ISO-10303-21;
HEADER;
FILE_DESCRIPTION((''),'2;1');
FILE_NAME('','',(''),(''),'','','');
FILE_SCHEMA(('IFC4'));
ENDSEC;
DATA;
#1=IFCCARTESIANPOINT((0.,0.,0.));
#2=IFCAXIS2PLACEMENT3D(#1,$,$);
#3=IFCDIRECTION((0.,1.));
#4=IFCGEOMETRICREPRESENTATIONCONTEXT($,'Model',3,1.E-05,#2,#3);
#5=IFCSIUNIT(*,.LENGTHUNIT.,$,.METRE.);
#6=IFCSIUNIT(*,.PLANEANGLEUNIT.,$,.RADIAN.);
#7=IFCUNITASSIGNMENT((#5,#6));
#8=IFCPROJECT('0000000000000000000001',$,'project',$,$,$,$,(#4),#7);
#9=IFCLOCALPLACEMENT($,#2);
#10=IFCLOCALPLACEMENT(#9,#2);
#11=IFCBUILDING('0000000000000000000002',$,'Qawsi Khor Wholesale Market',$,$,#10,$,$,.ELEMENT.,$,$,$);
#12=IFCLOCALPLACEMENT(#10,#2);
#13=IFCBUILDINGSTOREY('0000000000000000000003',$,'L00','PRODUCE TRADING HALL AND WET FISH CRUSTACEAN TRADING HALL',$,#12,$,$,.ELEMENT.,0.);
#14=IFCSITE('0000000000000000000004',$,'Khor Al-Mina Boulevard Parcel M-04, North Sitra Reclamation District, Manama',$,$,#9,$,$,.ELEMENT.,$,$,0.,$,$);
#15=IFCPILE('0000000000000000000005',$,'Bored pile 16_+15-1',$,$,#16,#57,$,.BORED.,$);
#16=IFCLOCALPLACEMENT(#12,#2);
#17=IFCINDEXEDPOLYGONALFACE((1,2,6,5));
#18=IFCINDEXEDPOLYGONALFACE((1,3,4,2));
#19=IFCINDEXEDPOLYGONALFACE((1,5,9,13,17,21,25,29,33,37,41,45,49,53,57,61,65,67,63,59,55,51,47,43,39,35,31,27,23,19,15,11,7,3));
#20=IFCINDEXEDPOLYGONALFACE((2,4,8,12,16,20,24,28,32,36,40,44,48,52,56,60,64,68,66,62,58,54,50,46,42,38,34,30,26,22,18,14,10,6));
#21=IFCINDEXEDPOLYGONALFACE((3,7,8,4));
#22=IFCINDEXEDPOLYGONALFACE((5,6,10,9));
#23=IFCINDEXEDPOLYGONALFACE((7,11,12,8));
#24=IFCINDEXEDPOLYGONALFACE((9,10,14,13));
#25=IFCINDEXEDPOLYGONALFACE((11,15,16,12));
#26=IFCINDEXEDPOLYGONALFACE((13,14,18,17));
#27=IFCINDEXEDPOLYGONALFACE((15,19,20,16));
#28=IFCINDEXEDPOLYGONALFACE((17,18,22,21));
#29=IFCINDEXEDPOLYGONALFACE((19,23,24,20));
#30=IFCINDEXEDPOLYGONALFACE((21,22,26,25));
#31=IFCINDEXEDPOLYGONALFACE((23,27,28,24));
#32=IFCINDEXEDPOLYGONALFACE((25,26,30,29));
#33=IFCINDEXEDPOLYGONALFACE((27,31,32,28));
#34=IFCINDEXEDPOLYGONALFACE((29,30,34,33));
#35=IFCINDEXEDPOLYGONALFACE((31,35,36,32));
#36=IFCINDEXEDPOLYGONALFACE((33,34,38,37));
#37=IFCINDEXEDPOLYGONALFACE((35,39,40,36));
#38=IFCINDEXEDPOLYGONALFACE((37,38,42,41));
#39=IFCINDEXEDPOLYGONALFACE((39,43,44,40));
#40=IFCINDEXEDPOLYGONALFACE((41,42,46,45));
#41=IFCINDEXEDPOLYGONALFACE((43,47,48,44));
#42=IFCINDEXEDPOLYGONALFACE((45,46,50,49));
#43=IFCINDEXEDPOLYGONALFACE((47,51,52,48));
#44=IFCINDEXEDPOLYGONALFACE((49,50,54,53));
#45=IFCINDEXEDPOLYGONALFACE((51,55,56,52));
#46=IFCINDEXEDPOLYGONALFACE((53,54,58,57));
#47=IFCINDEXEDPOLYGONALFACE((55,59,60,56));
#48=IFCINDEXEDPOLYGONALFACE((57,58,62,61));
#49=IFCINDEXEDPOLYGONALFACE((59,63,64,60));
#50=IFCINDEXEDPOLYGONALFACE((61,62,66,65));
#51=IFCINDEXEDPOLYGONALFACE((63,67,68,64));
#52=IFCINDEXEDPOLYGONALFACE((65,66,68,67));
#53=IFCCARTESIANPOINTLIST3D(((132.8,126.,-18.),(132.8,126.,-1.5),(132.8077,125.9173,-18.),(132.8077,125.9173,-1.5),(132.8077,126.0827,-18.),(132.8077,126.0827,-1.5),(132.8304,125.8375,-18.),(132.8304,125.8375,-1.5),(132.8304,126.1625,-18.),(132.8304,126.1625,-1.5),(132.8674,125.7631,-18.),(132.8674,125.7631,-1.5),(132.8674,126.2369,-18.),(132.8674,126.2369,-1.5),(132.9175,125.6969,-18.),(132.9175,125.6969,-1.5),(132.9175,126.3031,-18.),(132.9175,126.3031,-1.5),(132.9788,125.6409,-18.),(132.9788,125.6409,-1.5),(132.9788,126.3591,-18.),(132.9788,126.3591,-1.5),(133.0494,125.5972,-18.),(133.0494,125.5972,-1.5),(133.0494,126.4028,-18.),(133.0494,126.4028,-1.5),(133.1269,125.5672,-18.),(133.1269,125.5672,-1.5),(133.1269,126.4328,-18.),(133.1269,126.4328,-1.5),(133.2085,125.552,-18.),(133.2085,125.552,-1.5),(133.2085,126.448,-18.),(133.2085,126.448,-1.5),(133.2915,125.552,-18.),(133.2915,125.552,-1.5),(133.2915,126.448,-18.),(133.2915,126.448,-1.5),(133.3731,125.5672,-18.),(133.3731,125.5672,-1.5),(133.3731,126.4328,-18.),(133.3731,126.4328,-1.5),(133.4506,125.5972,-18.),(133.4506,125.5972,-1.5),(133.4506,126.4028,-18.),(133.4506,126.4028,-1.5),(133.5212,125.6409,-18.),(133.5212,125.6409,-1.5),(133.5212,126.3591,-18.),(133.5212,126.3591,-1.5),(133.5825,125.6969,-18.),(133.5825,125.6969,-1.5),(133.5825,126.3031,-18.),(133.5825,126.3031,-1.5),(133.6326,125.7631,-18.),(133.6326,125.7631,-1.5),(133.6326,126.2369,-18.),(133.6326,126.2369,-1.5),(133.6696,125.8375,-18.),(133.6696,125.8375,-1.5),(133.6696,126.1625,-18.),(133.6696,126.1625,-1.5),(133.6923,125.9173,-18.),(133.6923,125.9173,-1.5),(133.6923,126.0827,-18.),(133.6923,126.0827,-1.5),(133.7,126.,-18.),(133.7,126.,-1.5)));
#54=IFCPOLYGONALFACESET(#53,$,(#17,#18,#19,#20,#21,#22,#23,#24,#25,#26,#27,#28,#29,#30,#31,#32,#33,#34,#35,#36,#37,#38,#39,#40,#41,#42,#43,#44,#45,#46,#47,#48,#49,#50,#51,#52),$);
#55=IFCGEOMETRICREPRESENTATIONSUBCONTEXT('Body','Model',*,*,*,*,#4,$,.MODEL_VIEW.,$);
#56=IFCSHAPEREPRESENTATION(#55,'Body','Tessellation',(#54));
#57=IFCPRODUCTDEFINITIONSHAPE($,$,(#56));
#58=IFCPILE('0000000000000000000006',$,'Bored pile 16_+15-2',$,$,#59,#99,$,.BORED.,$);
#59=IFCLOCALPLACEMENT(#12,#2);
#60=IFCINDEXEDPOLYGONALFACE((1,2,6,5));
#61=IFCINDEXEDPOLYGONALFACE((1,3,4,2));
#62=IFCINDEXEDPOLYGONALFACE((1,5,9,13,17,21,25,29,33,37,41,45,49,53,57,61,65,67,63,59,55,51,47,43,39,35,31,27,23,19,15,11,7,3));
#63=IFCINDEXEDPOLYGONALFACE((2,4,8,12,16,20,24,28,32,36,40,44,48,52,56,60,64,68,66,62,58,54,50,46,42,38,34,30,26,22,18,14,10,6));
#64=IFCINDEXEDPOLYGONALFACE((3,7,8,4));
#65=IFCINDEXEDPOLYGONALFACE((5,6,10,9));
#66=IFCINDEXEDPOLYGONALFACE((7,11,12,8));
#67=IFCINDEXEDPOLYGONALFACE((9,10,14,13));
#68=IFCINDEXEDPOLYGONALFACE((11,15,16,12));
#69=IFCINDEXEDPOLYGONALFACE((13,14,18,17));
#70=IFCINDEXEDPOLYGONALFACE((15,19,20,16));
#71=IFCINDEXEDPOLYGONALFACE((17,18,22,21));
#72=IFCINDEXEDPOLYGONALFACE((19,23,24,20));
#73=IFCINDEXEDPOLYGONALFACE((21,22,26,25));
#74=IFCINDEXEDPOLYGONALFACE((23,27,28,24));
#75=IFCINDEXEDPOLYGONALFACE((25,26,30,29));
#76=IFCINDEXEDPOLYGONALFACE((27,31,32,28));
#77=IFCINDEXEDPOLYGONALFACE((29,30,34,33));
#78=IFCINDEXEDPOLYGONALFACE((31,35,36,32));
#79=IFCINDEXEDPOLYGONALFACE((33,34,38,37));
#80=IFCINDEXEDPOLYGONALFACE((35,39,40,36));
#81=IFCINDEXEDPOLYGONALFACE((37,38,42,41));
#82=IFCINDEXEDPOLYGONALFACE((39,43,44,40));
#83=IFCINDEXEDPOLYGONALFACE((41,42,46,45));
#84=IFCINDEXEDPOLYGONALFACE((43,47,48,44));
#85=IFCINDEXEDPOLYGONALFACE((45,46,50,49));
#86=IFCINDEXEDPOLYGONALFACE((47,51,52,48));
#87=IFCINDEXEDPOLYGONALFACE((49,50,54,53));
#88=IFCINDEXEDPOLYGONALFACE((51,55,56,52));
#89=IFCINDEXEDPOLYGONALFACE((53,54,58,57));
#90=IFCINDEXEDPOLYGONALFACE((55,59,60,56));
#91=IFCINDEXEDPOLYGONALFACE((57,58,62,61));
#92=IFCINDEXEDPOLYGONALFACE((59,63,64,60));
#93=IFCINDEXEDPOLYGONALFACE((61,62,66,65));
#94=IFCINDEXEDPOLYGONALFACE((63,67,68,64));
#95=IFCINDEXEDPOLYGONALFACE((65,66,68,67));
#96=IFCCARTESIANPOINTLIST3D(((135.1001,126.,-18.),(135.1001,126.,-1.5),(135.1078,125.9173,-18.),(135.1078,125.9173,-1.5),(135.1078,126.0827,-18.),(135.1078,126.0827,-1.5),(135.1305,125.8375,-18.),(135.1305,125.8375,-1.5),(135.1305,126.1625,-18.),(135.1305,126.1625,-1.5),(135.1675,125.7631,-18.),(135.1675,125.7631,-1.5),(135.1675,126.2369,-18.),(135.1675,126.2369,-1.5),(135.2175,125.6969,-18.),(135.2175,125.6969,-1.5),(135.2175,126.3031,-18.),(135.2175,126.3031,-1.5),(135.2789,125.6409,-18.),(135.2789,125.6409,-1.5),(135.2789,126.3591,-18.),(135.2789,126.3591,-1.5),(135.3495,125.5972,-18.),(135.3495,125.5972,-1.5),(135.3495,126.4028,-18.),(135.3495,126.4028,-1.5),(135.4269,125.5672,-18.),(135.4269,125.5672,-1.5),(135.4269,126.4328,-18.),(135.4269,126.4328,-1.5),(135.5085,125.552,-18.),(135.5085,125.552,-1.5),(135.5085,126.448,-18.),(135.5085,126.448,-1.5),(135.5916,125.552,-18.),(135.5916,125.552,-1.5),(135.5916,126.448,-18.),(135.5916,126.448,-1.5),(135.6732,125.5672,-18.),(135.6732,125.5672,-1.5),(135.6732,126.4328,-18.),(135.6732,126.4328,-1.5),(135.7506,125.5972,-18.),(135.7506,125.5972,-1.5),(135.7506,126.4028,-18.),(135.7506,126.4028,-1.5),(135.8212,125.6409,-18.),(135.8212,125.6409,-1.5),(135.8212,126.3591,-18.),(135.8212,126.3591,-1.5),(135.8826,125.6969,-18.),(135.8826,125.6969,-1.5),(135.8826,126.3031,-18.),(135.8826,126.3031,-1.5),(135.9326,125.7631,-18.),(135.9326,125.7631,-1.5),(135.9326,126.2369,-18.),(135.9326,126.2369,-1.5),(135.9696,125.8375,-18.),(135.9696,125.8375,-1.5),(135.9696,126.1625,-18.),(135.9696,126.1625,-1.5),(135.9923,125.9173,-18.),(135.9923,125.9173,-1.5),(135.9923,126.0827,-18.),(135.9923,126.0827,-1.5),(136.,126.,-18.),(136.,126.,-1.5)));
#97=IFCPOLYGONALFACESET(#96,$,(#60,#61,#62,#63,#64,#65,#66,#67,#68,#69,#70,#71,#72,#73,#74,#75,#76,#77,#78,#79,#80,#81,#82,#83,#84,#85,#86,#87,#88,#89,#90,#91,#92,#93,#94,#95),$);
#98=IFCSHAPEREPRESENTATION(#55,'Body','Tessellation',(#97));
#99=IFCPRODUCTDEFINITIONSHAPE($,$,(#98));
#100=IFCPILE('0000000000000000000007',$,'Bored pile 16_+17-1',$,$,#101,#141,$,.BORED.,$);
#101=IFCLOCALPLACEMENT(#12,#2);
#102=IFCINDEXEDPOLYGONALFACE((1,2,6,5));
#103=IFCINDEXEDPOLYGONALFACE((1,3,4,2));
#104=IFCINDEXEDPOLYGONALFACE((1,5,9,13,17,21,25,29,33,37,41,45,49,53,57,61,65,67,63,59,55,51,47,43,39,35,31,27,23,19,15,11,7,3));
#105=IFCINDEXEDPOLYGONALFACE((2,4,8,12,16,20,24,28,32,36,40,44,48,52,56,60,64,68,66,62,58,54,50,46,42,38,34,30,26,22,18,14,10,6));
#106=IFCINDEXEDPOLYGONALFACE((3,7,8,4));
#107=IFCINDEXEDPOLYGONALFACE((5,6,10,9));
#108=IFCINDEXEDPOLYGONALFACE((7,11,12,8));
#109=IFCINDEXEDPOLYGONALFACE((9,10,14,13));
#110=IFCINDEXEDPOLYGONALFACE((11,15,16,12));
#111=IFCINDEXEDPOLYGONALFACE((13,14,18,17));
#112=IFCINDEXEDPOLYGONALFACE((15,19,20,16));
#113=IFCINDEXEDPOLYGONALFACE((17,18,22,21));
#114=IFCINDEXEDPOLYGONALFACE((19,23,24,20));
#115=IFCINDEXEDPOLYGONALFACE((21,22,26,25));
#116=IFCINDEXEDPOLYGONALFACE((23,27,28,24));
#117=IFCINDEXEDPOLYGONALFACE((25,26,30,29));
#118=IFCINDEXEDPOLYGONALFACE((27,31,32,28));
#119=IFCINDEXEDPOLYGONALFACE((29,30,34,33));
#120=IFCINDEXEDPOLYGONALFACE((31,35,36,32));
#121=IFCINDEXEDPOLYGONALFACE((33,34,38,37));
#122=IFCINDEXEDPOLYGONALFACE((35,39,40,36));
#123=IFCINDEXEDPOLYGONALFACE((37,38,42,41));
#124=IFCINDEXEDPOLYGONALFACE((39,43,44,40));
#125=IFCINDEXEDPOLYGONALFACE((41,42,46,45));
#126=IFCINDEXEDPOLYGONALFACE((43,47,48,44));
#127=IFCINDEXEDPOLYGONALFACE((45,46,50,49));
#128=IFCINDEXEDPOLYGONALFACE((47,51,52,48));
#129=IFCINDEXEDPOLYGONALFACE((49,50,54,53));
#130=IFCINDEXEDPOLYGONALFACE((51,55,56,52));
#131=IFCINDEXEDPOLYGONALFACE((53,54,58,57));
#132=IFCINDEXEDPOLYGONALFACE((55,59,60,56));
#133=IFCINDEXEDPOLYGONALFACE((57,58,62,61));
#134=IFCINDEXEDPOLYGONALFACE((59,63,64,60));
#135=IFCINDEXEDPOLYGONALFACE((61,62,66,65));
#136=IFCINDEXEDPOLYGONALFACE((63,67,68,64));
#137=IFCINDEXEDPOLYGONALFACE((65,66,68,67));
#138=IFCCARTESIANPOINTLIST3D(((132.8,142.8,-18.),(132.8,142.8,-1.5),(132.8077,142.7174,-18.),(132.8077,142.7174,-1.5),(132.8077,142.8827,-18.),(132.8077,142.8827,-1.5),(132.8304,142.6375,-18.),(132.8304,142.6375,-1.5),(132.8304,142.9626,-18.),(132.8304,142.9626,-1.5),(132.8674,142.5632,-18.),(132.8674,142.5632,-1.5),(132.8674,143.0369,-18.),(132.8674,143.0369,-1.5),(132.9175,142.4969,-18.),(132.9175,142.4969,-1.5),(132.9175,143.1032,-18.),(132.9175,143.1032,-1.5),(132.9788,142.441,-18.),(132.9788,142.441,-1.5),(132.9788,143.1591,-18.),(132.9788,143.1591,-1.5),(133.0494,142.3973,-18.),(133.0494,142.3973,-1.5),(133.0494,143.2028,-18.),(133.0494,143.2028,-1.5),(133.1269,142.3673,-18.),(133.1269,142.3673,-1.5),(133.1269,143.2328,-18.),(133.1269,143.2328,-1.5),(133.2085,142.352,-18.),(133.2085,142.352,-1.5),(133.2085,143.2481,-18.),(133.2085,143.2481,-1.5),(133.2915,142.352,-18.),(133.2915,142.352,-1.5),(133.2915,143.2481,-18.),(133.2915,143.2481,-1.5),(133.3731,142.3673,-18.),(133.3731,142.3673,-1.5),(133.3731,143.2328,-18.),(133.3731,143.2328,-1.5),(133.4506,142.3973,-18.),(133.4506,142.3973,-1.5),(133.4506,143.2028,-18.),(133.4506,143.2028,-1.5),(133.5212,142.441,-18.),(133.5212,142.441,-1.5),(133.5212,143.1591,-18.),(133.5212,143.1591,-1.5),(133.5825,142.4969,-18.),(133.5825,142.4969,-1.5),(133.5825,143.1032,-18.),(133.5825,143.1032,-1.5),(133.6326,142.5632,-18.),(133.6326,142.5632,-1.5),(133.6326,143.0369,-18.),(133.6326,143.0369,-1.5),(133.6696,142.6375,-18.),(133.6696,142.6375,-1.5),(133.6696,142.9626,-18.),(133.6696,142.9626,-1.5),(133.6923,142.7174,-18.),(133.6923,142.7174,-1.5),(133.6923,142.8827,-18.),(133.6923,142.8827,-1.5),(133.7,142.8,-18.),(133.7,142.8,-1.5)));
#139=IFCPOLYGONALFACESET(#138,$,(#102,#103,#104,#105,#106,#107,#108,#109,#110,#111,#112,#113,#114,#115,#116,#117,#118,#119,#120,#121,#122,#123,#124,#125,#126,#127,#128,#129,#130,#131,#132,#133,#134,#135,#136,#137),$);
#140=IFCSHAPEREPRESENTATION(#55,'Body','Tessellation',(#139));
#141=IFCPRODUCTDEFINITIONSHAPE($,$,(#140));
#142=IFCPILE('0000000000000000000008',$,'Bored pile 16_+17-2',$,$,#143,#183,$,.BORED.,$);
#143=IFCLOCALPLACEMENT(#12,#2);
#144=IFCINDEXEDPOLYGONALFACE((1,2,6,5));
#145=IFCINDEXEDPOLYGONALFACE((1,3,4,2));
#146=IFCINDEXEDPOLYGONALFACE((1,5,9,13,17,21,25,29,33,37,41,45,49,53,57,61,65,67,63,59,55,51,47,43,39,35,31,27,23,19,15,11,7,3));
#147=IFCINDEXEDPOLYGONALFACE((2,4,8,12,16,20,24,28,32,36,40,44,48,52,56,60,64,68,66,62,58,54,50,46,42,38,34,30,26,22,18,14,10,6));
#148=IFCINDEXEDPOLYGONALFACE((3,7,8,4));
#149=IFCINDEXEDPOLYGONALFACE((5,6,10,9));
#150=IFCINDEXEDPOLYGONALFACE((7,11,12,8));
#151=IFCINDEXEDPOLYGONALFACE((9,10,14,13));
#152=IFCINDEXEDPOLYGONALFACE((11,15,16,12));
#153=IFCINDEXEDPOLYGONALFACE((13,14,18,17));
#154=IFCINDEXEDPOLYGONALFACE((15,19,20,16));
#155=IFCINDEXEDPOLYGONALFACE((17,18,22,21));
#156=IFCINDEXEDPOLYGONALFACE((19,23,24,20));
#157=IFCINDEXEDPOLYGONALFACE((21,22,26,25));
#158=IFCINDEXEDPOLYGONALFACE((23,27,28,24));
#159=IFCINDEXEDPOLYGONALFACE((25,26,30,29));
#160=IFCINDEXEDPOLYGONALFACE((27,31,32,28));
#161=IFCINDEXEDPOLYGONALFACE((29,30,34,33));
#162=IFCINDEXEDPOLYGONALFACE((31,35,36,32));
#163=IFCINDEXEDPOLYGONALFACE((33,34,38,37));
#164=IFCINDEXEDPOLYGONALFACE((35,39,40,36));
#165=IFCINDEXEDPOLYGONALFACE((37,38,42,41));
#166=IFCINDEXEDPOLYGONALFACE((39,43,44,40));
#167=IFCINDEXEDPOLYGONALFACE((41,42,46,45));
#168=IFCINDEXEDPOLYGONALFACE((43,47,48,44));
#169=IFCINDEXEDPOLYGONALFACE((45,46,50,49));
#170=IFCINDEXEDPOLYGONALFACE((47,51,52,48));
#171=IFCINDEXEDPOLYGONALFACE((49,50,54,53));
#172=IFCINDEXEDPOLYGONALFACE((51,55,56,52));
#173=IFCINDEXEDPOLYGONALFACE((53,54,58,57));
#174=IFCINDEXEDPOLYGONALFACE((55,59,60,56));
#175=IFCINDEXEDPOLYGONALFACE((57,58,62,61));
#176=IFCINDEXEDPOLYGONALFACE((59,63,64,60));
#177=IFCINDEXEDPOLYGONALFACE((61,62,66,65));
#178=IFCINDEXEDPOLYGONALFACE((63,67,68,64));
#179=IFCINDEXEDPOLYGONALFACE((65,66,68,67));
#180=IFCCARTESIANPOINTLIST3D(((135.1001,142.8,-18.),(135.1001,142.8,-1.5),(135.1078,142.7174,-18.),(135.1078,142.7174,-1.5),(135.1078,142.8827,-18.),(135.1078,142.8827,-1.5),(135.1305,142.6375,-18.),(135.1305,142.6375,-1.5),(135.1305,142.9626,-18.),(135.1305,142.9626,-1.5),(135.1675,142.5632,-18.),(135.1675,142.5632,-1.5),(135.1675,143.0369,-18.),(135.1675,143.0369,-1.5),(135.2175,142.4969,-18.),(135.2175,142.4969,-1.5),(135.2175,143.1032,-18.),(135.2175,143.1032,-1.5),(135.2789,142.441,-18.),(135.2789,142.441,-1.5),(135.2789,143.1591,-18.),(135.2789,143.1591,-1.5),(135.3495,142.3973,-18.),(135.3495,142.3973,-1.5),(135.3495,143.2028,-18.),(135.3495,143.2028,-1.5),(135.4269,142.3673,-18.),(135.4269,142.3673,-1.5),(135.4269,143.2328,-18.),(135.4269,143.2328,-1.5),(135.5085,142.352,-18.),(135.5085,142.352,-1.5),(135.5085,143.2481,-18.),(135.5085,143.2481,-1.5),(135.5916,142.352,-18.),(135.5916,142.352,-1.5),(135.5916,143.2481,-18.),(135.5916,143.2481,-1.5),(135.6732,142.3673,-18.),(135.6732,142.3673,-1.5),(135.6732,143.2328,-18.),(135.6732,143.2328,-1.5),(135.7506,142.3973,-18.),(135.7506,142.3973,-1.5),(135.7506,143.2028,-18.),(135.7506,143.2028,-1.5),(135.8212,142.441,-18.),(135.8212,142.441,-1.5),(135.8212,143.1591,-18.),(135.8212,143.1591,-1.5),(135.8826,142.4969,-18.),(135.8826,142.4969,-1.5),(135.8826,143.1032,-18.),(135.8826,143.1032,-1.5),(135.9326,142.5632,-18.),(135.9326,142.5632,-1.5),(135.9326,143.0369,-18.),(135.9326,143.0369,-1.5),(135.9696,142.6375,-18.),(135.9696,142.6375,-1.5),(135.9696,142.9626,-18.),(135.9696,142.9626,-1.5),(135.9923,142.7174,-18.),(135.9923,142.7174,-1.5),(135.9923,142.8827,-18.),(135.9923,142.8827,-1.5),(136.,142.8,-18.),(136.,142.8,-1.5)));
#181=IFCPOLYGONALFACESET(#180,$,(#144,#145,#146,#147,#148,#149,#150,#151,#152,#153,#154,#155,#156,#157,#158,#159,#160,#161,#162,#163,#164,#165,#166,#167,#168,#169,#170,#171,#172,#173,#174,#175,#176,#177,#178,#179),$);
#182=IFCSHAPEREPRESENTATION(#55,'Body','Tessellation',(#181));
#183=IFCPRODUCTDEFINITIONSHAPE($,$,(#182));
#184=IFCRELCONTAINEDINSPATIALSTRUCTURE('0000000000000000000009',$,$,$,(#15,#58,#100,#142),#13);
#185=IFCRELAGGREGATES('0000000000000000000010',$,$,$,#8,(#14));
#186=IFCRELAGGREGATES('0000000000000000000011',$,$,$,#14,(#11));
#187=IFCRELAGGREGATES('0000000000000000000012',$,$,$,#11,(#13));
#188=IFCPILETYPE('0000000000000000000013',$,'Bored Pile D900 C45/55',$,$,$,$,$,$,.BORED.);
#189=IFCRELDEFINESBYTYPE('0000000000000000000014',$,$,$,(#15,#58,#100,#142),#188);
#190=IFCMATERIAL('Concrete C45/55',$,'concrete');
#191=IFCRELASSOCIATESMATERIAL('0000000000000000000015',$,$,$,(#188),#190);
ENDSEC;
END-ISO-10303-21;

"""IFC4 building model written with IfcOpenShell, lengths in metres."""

from ifc_helpers import new_model, si_unit, direction, frame, origin, origin_2d, place, context, subcontext, project, spatial, circle, extrude, material, material_profile, profile_set, type_object, element, save


model = new_model("IFC4")

# Units and contexts
model_context = context("Model", 3, precision=1e-05, world=origin(), true_north=direction((0.0, 1.0)))
body_context = subcontext(model_context, "Body", "Model", "MODEL_VIEW")
ifc_project = project(units=[si_unit("LENGTHUNIT", "METRE"), si_unit("PLANEANGLEUNIT", "RADIAN")], contexts=[model_context])

# Site, building, storey
site_placement = place(None, origin())
site = spatial("IfcSite", under=ifc_project, at=site_placement, Name="Khor Al-Mina Boulevard Parcel M-04, North Sitra Reclamation District, Manama", CompositionType="ELEMENT", RefElevation=0.0)
building_placement = place(site_placement, origin())
building = spatial("IfcBuilding", under=site, at=building_placement, Name="Qawsi Khor Wholesale Market", CompositionType="ELEMENT")
storey_placement = place(building_placement, origin())
storey = spatial("IfcBuildingStorey", under=building, at=storey_placement, Name="L00", Description="PRODUCE TRADING HALL AND WET FISH CRUSTACEAN TRADING HALL", CompositionType="ELEMENT", Elevation=0.0)

# Piles
ifc_material_1 = material(Name="Concrete C45/55", Category="concrete")
ifc_material_profile_1 = material_profile(ifc_material_1, circle(Radius=0.45, at=origin_2d()), Name="PILE D900")
ifc_profile_set_1 = profile_set([ifc_material_profile_1], Name="Concrete C45/55")
pile_type = type_object("IfcPileType", Name="Bored Pile D900 C45/55", PredefinedType="BORED", material=ifc_profile_set_1)
for number, where, z_axis, x_axis, name in (
    (1, (133.25, 126.0, -1.5), (0.0, 0.0, -1.0), (1.0, 0.0, 0.0), "Bored pile 16_+15-1"),
    (2, (135.55, 126.0, -1.5), (0.0, 0.0, -1.0), (1.0, 0.0, 0.0), "Bored pile 16_+15-2"),
    (3, (133.25, 142.8, -1.5), (0.0, 0.0, -1.0), (1.0, 0.0, 0.0), "Bored pile 16_+17-1"),
    (4, (135.55, 142.8, -1.5), (0.0, 0.0, -1.0), (1.0, 0.0, 0.0), "Bored pile 16_+17-2"),
):
    element("IfcPile", number, at=place(storey_placement, frame(where, z_axis=z_axis, x_axis=x_axis)), inside=storey, type_object=pile_type, Name=name, PredefinedType="BORED", context=body_context, shape_type="SweptSolid", body=[
        extrude(circle(Radius=0.45, at=origin_2d()), origin(), (0.0, 0.0, 1.0), 16.5),
    ])

save(model, "model.ifc")
